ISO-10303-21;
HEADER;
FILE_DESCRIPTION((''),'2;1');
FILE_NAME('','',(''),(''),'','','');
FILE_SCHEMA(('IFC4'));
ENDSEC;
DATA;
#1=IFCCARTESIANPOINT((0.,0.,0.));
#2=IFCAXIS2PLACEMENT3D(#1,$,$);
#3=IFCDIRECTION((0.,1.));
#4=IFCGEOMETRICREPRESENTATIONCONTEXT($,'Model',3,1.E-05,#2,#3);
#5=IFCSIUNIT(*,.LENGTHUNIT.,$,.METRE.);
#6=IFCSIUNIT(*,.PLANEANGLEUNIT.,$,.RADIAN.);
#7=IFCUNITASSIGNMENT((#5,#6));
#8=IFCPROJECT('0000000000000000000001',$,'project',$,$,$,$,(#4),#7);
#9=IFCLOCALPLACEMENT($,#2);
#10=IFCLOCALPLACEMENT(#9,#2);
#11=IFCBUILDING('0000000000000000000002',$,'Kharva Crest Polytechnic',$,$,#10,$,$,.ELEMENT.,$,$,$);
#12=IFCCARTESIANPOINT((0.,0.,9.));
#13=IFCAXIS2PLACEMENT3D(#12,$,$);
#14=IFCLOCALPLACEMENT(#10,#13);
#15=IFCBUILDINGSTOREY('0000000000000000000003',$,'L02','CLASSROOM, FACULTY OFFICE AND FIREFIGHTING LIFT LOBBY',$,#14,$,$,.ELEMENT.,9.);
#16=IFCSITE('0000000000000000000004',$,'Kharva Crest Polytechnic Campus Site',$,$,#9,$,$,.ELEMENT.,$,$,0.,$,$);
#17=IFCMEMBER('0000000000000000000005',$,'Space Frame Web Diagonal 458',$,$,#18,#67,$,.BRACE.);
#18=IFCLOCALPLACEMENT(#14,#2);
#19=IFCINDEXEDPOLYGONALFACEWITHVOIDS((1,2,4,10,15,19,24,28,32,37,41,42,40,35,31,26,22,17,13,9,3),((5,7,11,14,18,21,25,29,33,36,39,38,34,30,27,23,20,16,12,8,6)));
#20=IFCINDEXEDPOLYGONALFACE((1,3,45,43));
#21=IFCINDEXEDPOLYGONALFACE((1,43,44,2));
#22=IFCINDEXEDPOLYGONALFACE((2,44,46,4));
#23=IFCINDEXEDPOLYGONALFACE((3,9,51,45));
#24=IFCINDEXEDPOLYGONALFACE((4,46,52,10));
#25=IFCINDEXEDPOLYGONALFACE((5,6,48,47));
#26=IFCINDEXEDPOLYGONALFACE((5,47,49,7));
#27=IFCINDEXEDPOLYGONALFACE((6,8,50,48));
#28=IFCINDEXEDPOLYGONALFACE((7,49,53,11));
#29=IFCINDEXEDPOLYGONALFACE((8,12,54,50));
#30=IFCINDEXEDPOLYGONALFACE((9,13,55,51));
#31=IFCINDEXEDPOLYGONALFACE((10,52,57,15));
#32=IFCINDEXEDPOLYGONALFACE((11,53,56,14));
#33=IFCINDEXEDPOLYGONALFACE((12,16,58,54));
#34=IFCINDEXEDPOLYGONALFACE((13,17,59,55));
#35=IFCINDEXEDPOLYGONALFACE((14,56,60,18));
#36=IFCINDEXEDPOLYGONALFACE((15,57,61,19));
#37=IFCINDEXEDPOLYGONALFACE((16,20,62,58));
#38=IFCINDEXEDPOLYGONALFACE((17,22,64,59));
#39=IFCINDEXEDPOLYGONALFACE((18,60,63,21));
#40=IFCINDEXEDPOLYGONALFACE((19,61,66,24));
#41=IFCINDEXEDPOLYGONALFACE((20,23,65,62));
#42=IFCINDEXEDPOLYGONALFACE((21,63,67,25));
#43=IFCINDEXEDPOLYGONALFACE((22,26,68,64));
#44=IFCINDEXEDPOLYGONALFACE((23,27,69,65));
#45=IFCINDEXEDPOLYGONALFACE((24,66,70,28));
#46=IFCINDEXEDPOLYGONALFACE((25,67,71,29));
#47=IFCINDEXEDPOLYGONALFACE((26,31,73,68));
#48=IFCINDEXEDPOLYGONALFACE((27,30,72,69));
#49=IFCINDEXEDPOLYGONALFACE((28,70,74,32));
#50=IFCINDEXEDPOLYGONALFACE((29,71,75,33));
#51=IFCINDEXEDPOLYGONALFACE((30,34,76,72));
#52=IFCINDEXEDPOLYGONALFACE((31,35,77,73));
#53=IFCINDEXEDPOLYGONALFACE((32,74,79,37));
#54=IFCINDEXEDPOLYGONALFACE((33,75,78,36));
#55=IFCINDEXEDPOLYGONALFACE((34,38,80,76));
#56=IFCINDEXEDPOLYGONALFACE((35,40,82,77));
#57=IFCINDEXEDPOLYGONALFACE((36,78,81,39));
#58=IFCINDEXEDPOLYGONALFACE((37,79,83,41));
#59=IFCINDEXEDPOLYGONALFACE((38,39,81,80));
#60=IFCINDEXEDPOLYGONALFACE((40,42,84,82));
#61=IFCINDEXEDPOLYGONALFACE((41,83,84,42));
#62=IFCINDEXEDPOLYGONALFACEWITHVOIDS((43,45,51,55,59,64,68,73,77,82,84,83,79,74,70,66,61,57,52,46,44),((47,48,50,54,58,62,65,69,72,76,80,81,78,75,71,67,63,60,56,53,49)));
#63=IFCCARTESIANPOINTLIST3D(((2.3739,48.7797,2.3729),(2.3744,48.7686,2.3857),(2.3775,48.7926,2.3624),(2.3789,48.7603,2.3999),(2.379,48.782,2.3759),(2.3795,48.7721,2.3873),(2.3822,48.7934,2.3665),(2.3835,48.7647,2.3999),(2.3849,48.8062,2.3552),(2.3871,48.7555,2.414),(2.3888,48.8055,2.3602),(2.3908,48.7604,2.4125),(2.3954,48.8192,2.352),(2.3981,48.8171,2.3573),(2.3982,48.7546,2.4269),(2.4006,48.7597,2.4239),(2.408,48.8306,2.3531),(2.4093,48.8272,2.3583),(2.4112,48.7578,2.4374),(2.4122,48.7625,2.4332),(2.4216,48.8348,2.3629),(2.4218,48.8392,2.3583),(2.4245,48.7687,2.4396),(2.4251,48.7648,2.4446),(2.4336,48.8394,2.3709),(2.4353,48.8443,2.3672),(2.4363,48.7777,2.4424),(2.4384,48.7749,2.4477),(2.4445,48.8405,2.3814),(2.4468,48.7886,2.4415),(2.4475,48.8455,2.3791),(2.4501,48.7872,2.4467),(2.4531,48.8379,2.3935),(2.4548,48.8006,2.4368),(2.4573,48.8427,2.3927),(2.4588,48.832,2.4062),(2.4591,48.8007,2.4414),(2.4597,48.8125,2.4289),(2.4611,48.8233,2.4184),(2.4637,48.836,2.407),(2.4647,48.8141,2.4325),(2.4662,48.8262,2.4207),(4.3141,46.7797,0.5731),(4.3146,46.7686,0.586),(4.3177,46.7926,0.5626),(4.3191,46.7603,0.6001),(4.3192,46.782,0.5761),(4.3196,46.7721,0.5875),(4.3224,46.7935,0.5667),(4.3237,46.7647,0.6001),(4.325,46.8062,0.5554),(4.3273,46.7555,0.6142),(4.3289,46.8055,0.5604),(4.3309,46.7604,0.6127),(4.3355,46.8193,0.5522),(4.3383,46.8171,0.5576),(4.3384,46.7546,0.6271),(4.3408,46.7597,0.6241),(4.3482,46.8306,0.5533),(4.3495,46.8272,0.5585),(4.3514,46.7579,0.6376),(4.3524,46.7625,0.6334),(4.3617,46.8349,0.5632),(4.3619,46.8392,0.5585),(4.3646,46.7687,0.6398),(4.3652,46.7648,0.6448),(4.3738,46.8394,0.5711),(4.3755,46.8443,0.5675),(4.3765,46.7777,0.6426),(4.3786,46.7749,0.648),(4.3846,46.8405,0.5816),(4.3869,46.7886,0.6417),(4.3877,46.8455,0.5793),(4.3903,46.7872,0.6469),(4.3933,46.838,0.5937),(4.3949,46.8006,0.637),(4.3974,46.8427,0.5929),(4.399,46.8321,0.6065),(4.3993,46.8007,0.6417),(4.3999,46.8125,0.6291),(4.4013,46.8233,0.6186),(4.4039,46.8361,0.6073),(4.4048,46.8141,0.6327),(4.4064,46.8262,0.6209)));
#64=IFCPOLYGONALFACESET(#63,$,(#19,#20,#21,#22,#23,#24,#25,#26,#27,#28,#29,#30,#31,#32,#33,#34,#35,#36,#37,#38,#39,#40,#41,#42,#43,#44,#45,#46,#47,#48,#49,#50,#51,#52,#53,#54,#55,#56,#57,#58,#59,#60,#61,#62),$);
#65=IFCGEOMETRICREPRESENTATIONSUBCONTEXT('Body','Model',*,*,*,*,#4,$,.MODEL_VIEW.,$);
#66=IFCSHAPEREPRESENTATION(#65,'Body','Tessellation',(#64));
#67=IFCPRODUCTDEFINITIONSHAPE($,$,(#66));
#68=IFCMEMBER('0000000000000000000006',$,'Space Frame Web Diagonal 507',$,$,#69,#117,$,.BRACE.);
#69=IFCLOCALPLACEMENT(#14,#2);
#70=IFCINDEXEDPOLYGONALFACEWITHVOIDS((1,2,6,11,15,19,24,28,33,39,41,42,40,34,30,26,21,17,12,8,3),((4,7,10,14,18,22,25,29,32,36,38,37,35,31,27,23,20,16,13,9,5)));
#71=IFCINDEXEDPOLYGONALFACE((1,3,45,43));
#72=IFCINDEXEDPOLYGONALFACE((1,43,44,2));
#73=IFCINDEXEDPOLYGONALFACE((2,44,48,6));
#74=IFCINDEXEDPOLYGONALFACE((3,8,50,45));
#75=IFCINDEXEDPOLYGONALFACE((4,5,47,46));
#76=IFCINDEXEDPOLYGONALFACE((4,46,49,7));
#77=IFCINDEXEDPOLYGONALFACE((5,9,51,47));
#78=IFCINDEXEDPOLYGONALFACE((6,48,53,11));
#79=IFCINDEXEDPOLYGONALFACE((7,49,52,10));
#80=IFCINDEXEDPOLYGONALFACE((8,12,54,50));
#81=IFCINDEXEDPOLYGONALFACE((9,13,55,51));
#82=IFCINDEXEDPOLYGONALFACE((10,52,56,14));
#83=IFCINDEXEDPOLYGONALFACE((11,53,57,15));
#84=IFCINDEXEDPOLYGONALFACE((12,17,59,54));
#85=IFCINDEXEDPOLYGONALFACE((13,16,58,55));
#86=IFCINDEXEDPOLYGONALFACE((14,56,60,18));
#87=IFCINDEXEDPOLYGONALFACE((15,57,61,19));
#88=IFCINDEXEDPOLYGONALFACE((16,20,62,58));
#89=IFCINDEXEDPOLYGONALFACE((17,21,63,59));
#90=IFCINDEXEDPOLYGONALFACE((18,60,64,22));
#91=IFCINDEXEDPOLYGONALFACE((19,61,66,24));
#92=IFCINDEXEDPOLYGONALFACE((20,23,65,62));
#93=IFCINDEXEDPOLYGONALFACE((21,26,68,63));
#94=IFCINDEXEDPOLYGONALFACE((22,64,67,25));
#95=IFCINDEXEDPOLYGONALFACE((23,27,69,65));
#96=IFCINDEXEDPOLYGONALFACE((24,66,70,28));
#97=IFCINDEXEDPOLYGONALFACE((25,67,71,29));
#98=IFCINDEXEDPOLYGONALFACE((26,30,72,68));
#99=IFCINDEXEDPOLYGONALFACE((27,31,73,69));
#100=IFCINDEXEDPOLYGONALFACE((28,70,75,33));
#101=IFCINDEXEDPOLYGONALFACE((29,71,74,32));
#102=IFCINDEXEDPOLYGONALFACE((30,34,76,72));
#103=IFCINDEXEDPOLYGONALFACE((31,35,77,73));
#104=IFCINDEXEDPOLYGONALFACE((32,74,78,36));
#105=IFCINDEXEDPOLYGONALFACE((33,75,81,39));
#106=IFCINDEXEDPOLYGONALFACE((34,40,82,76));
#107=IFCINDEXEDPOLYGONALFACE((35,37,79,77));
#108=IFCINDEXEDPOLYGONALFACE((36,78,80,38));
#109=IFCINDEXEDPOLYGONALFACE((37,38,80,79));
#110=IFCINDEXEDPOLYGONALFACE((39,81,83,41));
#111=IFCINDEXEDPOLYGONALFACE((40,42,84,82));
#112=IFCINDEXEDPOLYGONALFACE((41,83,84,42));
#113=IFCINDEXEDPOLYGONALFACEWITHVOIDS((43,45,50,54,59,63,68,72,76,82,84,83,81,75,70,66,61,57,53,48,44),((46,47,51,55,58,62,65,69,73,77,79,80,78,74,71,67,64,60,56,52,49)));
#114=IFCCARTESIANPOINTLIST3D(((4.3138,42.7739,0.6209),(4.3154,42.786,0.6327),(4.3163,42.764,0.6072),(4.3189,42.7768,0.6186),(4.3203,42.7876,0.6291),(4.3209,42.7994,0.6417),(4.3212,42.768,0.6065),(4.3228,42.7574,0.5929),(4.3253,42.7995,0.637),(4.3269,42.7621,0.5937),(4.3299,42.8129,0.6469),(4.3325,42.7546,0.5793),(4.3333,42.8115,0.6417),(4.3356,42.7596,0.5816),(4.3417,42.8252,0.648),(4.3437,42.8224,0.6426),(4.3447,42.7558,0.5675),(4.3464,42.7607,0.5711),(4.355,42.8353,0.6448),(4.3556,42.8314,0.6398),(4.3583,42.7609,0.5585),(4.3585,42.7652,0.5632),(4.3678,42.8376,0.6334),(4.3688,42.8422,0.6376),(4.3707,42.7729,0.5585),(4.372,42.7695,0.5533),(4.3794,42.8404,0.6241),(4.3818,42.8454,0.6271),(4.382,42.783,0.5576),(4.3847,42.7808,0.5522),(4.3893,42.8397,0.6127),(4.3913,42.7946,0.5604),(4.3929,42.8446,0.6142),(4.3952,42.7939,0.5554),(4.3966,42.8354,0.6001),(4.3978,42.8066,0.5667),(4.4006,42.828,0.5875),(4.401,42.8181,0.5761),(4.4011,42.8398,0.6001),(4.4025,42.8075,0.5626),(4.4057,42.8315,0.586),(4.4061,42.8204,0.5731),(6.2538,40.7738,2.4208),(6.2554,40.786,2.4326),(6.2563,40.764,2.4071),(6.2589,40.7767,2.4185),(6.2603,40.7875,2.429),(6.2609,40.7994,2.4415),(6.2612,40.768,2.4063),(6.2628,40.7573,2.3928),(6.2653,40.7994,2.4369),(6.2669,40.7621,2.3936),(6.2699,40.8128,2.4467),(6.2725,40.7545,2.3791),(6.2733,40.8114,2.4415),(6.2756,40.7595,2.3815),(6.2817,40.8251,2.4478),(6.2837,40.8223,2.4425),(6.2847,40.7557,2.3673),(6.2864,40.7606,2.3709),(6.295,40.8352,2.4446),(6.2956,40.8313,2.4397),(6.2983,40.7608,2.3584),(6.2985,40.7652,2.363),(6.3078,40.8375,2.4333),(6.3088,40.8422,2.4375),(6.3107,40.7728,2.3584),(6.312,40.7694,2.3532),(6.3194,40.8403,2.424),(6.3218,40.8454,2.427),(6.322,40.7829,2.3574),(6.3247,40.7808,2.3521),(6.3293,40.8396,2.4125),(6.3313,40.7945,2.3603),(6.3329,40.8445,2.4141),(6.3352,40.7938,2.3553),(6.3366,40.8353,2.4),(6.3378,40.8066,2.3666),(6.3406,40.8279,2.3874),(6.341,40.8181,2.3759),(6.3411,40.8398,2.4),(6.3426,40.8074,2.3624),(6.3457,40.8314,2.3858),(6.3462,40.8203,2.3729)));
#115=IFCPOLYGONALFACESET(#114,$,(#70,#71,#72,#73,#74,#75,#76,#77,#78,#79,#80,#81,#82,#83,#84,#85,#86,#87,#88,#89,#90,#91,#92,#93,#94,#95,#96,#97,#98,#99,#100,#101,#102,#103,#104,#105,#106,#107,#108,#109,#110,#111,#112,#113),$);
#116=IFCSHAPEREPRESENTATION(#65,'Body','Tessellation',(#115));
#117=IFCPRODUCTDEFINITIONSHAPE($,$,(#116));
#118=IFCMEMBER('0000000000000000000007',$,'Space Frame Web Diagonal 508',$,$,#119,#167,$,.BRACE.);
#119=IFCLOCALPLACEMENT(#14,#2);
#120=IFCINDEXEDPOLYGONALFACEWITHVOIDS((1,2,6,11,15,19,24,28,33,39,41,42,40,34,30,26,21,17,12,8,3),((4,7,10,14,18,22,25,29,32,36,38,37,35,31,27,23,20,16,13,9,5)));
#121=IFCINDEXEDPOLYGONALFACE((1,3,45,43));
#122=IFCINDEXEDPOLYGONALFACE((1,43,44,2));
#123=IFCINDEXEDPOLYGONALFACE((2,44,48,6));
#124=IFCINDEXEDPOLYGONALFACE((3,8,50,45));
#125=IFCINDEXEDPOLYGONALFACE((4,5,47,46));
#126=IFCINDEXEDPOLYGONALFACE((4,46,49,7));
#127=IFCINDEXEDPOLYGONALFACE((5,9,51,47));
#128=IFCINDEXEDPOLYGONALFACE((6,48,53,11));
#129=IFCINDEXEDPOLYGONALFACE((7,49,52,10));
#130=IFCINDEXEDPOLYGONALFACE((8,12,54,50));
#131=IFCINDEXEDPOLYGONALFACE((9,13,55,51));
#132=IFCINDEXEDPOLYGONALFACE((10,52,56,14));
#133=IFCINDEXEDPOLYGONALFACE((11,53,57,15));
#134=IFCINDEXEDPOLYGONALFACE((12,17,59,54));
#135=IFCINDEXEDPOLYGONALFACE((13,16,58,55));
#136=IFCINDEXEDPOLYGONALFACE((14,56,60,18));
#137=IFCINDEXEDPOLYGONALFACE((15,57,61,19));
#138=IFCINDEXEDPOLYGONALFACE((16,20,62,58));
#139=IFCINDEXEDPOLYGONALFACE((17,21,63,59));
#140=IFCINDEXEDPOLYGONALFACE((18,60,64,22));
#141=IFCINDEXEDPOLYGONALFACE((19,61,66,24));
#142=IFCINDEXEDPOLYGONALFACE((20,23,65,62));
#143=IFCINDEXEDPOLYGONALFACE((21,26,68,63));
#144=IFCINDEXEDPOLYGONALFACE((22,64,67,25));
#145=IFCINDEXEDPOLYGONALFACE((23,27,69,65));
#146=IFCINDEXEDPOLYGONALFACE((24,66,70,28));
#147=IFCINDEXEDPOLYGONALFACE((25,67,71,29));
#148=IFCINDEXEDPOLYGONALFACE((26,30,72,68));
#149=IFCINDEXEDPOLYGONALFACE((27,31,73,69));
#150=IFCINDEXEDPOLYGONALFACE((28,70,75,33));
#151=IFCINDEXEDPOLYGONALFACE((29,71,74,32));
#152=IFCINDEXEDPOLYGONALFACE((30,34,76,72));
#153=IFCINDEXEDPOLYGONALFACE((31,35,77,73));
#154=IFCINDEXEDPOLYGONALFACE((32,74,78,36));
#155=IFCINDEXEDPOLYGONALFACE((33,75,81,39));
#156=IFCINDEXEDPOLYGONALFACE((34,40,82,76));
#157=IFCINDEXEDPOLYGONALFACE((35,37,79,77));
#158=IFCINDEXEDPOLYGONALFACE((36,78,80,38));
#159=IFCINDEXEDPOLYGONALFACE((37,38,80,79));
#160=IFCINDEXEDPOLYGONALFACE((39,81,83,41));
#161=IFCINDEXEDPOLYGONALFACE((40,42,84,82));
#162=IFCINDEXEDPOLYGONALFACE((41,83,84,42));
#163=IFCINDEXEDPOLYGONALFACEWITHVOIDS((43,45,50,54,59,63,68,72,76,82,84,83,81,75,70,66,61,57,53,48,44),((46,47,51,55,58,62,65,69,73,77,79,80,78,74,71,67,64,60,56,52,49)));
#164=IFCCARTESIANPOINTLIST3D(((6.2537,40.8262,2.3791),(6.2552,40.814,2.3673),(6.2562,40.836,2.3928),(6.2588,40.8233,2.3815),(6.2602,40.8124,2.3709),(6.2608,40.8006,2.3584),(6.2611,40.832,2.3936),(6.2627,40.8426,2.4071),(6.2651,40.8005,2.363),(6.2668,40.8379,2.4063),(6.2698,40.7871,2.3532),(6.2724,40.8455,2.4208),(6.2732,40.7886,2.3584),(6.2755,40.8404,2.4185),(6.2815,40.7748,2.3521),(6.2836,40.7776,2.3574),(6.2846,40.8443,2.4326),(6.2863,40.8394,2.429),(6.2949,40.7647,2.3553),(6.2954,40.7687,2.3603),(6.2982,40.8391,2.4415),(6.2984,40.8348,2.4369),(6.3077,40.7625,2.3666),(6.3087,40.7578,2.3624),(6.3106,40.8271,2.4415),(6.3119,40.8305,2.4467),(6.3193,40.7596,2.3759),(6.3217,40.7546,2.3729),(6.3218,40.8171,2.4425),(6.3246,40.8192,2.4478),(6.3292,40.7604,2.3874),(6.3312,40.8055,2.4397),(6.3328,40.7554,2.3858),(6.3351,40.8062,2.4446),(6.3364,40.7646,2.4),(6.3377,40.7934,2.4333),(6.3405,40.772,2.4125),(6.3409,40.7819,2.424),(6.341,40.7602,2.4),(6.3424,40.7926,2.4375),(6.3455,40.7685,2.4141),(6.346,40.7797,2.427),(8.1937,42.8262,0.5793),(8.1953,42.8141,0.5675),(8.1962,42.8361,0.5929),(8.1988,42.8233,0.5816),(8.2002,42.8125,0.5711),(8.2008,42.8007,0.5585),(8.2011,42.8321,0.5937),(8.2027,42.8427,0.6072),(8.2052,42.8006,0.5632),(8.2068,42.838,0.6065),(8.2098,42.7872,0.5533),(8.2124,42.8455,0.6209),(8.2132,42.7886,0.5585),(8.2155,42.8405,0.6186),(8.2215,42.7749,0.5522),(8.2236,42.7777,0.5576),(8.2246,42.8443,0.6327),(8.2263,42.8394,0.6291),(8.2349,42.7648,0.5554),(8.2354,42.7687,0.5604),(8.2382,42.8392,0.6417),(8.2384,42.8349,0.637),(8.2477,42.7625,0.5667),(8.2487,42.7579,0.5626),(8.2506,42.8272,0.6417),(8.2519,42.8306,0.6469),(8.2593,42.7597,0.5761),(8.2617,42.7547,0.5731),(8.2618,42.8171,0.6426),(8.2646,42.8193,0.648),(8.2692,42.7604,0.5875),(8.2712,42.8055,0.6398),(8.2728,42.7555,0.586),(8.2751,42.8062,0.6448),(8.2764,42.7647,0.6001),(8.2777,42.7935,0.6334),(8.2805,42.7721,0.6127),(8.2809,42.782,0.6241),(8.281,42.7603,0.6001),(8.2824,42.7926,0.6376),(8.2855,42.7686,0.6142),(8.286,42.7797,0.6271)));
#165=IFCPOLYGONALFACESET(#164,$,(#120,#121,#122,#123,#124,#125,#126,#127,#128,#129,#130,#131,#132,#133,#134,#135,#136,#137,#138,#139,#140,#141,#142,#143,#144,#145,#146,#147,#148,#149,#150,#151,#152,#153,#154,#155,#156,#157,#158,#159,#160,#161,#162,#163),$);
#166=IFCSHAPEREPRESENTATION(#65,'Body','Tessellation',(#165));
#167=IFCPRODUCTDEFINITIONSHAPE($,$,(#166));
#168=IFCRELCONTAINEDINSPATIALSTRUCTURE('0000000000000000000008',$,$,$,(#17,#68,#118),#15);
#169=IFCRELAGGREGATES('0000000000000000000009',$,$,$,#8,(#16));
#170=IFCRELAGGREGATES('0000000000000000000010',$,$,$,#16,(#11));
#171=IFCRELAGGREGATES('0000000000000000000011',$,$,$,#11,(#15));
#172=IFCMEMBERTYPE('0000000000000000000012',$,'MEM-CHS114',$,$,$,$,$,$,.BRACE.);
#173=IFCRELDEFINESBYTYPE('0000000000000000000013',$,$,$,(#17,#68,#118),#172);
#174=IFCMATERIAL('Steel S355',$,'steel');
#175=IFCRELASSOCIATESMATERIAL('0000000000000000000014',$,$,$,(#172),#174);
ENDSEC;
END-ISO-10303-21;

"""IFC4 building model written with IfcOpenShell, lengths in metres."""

from ifc_helpers import new_model, si_unit, direction, frame, origin, origin_2d, place, context, subcontext, project, spatial, hollow_circle, extrude, material, material_profile, profile_set, type_object, element, save


model = new_model("IFC4")

# Units and contexts
model_context = context("Model", 3, precision=1e-05, world=origin(), true_north=direction((0.0, 1.0)))
body_context = subcontext(model_context, "Body", "Model", "MODEL_VIEW")
ifc_project = project(units=[si_unit("LENGTHUNIT", "METRE"), si_unit("PLANEANGLEUNIT", "RADIAN")], contexts=[model_context])

# Site, building, storey
site_placement = place(None, origin())
site = spatial("IfcSite", under=ifc_project, at=site_placement, Name="Kharva Crest Polytechnic Campus Site", CompositionType="ELEMENT", RefElevation=0.0)
building_placement = place(site_placement, origin())
building = spatial("IfcBuilding", under=site, at=building_placement, Name="Kharva Crest Polytechnic", CompositionType="ELEMENT")
storey_placement = place(building_placement, frame((0.0, 0.0, 9.0)))
storey = spatial("IfcBuildingStorey", under=building, at=storey_placement, Name="L02", Description="CLASSROOM, FACULTY OFFICE AND FIREFIGHTING LIFT LOBBY", CompositionType="ELEMENT", Elevation=9.0)

# Shared definitions
ifc_material_1 = material(Name="Steel S355", Category="steel")

# Members
ifc_material_profile_1 = material_profile(ifc_material_1, hollow_circle(Radius=0.0571, WallThickness=0.0063, at=origin_2d()), Name="CHS 114.3X6.3")
ifc_profile_set_1 = profile_set([ifc_material_profile_1], Name="Steel S355")
member_type_1 = type_object("IfcMemberType", Name="MEM-CHS114", PredefinedType="BRACE", material=ifc_profile_set_1)
for number, where, z_axis, x_axis, name in (
    (1, (4.3601, 46.8, 0.6001), (-0.584892, 0.602924, 0.542572), (-0.717758, -0.696292, 0.0), "Space Frame Web Diagonal 458"),
    (2, (4.3601, 42.8, 0.6001), (0.584843, -0.60295, 0.542596), (0.717802, 0.696247, 0.0), "Space Frame Web Diagonal 507"),
    (3, (8.24, 42.8, 0.6001), (-0.584843, -0.60295, 0.542596), (0.717802, -0.696247, 0.0), "Space Frame Web Diagonal 508"),
):
    element("IfcMember", number, at=place(storey_placement, frame(where, z_axis=z_axis, x_axis=x_axis)), inside=storey, type_object=member_type_1, Name=name, PredefinedType="BRACE", context=body_context, shape_type="SweptSolid", body=[
        extrude(hollow_circle(Radius=0.0571, WallThickness=0.0063, at=origin_2d()), origin(), (0.0, 0.0, 1.0), 3.3171),
    ])

save(model, "model.ifc")
